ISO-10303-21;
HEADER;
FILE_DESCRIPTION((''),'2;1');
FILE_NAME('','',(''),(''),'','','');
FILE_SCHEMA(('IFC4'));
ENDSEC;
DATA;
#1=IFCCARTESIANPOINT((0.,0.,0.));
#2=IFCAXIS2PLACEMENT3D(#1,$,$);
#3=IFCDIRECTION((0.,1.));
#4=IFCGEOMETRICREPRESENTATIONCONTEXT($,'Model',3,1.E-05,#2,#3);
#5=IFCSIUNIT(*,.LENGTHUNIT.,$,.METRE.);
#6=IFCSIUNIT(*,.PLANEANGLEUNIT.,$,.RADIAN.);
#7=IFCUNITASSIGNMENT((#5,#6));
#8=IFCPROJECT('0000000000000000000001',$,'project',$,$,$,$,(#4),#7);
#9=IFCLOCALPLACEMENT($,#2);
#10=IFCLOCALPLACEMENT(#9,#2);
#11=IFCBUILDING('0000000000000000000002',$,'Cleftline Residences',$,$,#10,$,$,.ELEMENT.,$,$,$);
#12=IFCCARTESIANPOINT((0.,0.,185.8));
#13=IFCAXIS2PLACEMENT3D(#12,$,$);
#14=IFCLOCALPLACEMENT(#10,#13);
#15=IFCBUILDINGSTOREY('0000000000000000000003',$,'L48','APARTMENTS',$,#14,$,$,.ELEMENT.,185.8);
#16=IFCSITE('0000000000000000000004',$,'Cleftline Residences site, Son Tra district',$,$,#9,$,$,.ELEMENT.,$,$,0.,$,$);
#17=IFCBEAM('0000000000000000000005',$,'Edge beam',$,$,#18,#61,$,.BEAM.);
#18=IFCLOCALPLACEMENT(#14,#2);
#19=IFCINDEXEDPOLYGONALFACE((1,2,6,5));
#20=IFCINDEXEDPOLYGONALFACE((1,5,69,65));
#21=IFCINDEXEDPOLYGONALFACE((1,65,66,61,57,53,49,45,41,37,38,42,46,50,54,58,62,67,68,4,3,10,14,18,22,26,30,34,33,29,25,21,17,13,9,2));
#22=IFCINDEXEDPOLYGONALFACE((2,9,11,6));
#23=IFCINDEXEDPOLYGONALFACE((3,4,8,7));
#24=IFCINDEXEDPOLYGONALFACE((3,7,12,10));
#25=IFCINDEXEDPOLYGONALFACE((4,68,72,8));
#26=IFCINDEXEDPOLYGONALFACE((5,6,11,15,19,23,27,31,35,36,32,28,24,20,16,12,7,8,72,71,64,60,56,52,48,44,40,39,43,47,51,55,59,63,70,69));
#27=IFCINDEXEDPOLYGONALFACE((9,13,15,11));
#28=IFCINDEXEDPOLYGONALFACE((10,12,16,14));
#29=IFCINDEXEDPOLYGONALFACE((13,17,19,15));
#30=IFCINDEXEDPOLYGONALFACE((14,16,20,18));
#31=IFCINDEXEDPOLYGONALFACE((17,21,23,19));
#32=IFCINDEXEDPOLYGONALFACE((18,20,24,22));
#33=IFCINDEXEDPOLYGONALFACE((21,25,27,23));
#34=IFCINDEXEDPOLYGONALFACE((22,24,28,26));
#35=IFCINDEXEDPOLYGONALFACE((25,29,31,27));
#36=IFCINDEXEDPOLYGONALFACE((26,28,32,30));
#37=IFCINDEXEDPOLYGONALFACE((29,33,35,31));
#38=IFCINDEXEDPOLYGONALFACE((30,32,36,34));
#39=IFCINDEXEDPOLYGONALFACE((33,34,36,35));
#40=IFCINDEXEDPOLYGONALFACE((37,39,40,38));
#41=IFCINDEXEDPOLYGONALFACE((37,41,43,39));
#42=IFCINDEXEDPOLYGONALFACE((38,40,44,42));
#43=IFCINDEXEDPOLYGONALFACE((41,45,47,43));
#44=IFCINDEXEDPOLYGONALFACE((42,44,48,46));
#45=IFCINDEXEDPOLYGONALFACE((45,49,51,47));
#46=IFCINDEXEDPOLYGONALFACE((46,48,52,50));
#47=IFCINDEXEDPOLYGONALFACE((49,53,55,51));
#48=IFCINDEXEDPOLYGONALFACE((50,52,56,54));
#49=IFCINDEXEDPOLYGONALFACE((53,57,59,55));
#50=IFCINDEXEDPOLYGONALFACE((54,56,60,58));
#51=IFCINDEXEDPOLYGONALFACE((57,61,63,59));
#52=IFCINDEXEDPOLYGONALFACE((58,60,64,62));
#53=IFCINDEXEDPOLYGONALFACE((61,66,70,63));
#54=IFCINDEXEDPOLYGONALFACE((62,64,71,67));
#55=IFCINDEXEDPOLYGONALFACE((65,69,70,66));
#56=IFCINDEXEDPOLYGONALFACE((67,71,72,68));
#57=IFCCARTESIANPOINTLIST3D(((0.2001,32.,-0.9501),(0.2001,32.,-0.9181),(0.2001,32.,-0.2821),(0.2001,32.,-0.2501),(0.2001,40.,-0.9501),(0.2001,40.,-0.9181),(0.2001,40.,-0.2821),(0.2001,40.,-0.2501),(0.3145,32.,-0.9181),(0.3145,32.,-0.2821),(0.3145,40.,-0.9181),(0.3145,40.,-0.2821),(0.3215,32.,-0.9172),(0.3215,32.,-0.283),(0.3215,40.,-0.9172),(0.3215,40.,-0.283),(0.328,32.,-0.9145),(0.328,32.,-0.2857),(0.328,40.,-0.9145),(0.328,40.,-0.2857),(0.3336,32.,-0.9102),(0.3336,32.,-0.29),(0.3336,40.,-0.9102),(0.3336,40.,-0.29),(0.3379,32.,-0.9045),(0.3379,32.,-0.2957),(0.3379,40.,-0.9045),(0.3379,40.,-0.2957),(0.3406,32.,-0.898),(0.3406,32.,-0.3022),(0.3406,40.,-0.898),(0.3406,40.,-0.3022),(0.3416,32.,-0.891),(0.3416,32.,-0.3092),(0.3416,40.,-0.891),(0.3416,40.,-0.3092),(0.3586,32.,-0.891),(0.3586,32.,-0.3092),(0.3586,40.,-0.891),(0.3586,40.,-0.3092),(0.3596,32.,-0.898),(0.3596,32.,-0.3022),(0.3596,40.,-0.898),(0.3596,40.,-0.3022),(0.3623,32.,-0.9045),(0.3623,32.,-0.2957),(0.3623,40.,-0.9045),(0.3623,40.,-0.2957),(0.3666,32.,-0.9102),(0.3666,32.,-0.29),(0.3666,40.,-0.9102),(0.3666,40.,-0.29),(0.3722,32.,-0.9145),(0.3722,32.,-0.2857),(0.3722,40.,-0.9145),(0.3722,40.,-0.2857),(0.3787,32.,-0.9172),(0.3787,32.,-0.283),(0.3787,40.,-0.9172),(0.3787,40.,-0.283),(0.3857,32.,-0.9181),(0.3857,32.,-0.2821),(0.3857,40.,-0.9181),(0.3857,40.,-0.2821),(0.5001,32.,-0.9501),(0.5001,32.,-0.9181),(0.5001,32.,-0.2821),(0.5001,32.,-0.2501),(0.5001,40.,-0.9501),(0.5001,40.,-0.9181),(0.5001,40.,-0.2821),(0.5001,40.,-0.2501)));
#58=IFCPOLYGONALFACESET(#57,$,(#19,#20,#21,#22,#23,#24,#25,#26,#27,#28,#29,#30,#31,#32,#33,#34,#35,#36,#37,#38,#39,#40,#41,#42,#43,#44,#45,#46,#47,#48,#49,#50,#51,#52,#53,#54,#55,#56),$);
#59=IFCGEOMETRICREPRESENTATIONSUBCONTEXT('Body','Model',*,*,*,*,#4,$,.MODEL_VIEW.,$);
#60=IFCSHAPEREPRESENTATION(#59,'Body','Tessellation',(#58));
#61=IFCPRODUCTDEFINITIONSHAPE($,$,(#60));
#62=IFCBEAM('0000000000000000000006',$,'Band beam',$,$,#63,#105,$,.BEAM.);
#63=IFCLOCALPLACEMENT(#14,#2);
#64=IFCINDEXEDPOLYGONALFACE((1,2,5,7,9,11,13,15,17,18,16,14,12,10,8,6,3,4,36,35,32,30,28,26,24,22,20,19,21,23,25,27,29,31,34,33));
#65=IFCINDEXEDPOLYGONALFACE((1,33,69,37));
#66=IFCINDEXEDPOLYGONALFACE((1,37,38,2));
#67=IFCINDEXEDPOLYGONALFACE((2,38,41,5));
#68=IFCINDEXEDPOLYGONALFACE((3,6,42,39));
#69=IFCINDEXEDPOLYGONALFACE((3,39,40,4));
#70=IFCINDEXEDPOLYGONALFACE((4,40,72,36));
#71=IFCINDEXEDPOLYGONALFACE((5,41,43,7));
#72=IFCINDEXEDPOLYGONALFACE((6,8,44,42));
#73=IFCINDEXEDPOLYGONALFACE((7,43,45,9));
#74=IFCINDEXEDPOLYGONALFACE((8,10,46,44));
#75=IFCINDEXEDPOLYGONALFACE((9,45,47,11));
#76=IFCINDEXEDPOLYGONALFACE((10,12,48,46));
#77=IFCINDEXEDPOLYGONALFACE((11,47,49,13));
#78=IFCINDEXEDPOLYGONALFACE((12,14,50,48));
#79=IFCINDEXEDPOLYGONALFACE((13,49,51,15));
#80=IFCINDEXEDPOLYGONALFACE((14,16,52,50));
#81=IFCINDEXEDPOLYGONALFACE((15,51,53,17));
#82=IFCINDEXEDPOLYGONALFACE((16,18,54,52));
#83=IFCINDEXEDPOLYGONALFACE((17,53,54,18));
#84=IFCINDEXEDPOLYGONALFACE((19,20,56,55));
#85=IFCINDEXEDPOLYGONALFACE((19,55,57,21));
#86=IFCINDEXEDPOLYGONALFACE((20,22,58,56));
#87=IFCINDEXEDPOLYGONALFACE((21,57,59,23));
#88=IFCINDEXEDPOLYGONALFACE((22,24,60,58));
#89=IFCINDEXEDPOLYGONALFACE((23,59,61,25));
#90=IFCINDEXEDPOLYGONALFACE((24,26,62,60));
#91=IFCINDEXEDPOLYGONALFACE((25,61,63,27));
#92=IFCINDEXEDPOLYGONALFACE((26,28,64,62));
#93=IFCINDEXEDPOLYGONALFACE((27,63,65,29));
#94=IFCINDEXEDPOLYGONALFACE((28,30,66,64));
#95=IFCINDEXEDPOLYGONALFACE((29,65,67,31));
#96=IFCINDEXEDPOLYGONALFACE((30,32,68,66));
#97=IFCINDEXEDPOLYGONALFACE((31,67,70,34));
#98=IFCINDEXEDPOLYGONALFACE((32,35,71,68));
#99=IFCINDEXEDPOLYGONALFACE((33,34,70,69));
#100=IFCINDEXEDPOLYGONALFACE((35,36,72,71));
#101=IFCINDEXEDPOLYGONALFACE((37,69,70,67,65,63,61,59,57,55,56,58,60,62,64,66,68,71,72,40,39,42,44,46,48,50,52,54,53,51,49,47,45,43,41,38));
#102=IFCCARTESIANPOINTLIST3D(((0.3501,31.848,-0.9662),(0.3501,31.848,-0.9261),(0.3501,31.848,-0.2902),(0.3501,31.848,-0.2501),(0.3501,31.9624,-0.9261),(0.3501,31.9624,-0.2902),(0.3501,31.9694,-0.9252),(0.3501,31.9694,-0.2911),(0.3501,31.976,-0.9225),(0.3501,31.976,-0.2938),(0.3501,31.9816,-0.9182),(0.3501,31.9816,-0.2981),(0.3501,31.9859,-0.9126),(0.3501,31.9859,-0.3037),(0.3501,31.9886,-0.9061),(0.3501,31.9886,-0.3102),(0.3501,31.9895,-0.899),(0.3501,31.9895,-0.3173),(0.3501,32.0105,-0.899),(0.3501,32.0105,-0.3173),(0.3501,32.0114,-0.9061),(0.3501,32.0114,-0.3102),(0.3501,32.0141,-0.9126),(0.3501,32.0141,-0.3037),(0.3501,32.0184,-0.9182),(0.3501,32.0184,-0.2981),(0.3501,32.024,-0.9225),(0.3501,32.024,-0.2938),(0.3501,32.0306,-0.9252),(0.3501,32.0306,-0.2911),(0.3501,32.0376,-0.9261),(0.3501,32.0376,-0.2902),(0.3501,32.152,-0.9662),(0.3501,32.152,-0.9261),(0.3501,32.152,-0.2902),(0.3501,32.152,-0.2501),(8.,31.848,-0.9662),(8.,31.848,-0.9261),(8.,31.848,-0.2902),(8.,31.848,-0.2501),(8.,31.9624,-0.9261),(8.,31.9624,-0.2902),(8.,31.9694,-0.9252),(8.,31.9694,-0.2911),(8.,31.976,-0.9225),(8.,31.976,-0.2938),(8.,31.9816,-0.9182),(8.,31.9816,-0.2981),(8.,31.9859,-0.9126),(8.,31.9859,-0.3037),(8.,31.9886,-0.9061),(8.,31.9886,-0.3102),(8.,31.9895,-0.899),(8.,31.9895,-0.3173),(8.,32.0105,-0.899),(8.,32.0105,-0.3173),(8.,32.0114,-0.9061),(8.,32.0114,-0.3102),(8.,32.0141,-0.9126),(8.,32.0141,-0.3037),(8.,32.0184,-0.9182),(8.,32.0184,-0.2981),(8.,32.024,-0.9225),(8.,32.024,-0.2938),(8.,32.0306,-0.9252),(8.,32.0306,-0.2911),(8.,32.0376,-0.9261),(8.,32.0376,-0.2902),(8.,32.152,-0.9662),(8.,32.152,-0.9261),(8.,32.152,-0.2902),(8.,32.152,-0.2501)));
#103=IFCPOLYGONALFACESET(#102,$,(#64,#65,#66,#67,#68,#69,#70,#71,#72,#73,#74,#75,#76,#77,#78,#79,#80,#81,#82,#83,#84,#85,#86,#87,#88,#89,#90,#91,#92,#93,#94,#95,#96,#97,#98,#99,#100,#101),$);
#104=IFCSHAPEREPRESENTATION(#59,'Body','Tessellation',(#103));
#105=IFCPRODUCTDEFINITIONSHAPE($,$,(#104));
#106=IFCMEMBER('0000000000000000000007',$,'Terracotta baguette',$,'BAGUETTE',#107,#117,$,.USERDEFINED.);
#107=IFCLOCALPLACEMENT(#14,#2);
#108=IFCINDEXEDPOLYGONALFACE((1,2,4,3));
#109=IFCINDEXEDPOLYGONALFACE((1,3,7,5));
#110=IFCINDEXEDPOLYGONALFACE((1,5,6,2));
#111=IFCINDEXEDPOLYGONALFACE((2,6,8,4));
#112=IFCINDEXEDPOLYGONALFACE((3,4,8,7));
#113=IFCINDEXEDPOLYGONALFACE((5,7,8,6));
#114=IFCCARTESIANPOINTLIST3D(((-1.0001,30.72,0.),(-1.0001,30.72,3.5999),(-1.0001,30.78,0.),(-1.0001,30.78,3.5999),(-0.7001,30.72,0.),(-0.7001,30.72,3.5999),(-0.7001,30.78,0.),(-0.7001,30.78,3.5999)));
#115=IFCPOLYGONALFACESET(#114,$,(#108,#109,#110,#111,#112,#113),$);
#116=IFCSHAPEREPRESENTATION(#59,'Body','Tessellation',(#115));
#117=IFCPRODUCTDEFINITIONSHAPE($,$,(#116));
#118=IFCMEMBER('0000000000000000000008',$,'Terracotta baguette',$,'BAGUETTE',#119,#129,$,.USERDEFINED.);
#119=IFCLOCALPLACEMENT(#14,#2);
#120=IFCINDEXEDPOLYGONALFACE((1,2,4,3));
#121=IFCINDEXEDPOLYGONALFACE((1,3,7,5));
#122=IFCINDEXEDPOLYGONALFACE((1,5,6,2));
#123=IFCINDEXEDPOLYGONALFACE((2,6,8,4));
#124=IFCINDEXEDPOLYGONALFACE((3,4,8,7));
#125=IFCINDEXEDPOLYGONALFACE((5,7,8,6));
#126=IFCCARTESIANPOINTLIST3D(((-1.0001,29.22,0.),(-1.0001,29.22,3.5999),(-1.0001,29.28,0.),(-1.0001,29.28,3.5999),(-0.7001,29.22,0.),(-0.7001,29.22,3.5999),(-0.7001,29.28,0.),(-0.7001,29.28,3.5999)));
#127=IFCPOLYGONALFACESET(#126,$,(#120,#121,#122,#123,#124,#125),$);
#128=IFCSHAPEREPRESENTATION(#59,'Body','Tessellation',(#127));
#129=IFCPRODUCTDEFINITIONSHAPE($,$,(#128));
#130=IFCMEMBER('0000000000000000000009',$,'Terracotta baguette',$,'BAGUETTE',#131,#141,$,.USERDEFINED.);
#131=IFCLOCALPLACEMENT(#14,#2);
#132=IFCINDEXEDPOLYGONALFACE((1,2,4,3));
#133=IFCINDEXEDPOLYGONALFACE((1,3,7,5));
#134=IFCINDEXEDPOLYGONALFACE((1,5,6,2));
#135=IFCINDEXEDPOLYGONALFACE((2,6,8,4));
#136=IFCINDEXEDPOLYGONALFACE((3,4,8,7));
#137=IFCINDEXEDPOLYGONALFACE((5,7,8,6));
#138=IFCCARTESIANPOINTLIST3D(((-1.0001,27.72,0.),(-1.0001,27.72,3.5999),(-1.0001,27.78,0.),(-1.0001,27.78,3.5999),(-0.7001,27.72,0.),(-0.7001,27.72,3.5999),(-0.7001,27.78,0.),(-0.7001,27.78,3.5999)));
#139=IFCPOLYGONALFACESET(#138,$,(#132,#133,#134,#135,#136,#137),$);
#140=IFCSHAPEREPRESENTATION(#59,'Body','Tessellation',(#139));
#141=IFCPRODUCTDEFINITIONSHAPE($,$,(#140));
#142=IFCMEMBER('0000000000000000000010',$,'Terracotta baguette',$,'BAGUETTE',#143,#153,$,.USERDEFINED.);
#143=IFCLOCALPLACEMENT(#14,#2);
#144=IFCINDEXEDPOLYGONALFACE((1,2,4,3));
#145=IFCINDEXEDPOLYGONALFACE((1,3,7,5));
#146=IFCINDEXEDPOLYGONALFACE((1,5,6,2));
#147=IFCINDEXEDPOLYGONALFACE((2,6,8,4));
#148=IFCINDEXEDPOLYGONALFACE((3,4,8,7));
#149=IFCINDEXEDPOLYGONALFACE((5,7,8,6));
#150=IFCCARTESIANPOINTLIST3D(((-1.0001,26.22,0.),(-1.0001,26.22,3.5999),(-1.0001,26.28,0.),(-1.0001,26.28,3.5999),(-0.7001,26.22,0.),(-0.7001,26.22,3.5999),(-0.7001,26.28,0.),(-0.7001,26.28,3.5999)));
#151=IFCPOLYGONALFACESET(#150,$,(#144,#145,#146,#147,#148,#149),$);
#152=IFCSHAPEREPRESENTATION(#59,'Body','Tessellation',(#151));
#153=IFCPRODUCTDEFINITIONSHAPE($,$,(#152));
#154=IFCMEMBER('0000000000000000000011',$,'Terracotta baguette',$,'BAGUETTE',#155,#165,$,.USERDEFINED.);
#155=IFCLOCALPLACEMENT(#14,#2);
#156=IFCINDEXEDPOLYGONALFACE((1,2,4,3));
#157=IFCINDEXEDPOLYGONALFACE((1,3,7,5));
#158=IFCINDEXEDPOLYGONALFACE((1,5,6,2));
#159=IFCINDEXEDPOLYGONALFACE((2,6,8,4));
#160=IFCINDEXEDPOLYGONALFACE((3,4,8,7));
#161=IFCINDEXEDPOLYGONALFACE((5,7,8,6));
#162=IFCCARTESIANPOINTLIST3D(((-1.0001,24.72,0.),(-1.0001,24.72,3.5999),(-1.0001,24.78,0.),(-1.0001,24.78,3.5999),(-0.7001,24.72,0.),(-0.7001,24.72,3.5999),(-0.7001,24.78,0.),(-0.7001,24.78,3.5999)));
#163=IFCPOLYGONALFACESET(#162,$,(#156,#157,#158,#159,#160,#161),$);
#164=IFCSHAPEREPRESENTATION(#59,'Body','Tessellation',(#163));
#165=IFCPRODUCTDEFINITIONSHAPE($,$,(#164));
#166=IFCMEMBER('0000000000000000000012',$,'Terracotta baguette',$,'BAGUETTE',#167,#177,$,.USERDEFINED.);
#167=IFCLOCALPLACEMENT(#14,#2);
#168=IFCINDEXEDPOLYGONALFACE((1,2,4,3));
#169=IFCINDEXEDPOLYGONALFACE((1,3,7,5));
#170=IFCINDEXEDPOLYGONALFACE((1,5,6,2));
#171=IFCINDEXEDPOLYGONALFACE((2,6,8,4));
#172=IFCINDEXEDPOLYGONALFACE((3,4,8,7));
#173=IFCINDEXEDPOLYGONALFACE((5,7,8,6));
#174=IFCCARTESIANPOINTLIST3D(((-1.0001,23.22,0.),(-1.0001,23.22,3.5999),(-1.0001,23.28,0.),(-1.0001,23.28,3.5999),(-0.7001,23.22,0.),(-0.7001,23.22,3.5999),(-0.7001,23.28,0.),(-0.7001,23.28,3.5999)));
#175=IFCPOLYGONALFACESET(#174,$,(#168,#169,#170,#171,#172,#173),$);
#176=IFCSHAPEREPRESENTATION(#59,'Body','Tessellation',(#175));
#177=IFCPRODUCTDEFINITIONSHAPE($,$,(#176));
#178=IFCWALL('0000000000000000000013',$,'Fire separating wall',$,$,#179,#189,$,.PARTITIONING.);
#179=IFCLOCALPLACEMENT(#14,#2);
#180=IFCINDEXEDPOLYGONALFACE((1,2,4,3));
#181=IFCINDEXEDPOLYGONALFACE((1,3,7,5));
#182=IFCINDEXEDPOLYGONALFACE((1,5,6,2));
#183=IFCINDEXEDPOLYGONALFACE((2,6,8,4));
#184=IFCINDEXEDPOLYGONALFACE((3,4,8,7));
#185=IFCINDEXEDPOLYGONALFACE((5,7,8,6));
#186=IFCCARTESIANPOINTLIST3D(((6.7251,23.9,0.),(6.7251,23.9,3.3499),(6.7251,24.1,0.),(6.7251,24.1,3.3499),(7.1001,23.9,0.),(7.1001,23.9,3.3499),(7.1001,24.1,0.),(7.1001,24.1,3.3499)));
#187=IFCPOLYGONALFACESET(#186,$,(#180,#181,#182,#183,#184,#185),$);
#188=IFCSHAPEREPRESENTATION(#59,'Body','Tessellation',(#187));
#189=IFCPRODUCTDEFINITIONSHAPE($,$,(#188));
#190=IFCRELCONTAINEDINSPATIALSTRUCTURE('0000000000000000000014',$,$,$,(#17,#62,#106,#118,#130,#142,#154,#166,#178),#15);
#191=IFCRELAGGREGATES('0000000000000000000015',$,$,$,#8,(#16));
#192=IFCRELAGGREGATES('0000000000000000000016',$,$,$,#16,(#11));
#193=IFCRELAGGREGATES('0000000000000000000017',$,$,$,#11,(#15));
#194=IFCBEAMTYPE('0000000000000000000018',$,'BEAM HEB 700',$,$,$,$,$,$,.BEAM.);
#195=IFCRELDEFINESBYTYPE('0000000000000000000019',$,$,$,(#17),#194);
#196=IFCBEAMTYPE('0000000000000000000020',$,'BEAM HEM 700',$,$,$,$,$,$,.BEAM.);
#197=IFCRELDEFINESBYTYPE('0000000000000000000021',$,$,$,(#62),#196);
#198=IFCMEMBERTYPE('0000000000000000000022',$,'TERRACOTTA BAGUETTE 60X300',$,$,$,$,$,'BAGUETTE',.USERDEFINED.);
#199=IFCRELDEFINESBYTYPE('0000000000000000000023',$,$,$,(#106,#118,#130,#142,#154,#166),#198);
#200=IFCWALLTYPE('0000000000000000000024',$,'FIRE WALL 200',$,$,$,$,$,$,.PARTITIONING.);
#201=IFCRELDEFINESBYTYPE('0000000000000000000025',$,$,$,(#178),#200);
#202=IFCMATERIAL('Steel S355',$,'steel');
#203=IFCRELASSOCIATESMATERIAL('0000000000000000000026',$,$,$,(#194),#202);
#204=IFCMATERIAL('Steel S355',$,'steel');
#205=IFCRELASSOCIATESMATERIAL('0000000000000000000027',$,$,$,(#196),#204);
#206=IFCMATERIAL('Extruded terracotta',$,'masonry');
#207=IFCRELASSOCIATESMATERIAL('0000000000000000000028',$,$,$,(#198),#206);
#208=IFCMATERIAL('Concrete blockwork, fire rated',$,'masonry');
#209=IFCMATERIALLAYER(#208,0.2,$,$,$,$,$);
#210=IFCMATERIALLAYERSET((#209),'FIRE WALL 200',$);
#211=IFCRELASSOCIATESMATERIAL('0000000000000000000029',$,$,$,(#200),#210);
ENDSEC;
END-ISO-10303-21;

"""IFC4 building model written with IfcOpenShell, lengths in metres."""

from ifc_helpers import new_model, si_unit, direction, frame, frame_2d, origin, origin_2d, place, context, subcontext, project, spatial, rectangle, i_section, extrude, material, layer, layer_set, material_profile, profile_set, type_object, element, save


model = new_model("IFC4")

# Units and contexts
model_context = context("Model", 3, precision=1e-05, world=origin(), true_north=direction((0.0, 1.0)))
body_context = subcontext(model_context, "Body", "Model", "MODEL_VIEW")
ifc_project = project(units=[si_unit("LENGTHUNIT", "METRE"), si_unit("PLANEANGLEUNIT", "RADIAN")], contexts=[model_context])

# Site, building, storey
site_placement = place(None, origin())
site = spatial("IfcSite", under=ifc_project, at=site_placement, Name="Cleftline Residences site, Son Tra district", CompositionType="ELEMENT", RefElevation=0.0)
building_placement = place(site_placement, origin())
building = spatial("IfcBuilding", under=site, at=building_placement, Name="Cleftline Residences", CompositionType="ELEMENT")
storey_placement = place(building_placement, frame((0.0, 0.0, 185.8)))
storey = spatial("IfcBuildingStorey", under=building, at=storey_placement, Name="L48", Description="APARTMENTS", CompositionType="ELEMENT", Elevation=185.8)

# Beams
ifc_material_1 = material(Name="Steel S355", Category="steel")
ifc_material_profile_1 = material_profile(ifc_material_1, i_section(OverallWidth=0.3, OverallDepth=0.7, WebThickness=0.0171, FlangeThickness=0.032, FilletRadius=0.0271, at=origin_2d()))
ifc_profile_set_1 = profile_set([ifc_material_profile_1], Name="Steel S355")
beam_type_1 = type_object("IfcBeamType", Name="BEAM HEB 700", PredefinedType="BEAM", material=ifc_profile_set_1)
for number, where, z_axis, x_axis, name in (
    (1, (0.3501, 32.0, -0.6001), (0.0, 1.0, 0.0), (-1.0, 0.0, 0.0), "Edge beam"),
):
    element("IfcBeam", number, at=place(storey_placement, frame(where, z_axis=z_axis, x_axis=x_axis)), inside=storey, type_object=beam_type_1, Name=name, PredefinedType="BEAM", context=body_context, shape_type="SweptSolid", body=[
        extrude(i_section(OverallWidth=0.3, OverallDepth=0.7, WebThickness=0.0171, FlangeThickness=0.032, FilletRadius=0.0271, at=origin_2d()), origin(), (0.0, 0.0, 1.0), 8.0),
    ])
ifc_material_2 = material(Name="Steel S355", Category="steel")
ifc_material_profile_2 = material_profile(ifc_material_2, i_section(OverallWidth=0.304, OverallDepth=0.7161, WebThickness=0.021, FlangeThickness=0.04, FilletRadius=0.0271, at=origin_2d()))
ifc_profile_set_2 = profile_set([ifc_material_profile_2], Name="Steel S355")
beam_type_2 = type_object("IfcBeamType", Name="BEAM HEM 700", PredefinedType="BEAM", material=ifc_profile_set_2)
beam_placement = place(storey_placement, frame((0.3501, 32.0, -0.6082), z_axis=(1.0, 0.0, 0.0), x_axis=(0.0, 1.0, 0.0)))
element("IfcBeam", 2, at=beam_placement, inside=storey, type_object=beam_type_2, Name="Band beam", PredefinedType="BEAM", context=body_context, shape_type="SweptSolid", body=[
    extrude(i_section(OverallWidth=0.304, OverallDepth=0.7161, WebThickness=0.021, FlangeThickness=0.04, FilletRadius=0.0271, at=origin_2d()), origin(), (0.0, 0.0, 1.0), 7.6499),
])

# Members
ifc_material_3 = material(Name="Extruded terracotta", Category="masonry")
ifc_material_profile_3 = material_profile(ifc_material_3, rectangle(XDim=0.0601, YDim=0.3, at=origin_2d()))
ifc_profile_set_3 = profile_set([ifc_material_profile_3], Name="Extruded terracotta")
member_type_1 = type_object("IfcMemberType", Name="TERRACOTTA BAGUETTE 60X300", ElementType="BAGUETTE", PredefinedType="USERDEFINED", material=ifc_profile_set_3)
for number, where, z_axis, x_axis, name in (
    (3, (-0.8501, 30.75, 0.0), (0.0, 0.0, 1.0), (0.0, 1.0, 0.0), "Terracotta baguette"),
    (4, (-0.8501, 29.25, 0.0), (0.0, 0.0, 1.0), (0.0, 1.0, 0.0), "Terracotta baguette"),
    (5, (-0.8501, 27.75, 0.0), (0.0, 0.0, 1.0), (0.0, 1.0, 0.0), "Terracotta baguette"),
    (6, (-0.8501, 26.25, 0.0), (0.0, 0.0, 1.0), (0.0, 1.0, 0.0), "Terracotta baguette"),
    (7, (-0.8501, 24.75, 0.0), (0.0, 0.0, 1.0), (0.0, 1.0, 0.0), "Terracotta baguette"),
    (8, (-0.8501, 23.25, 0.0), (0.0, 0.0, 1.0), (0.0, 1.0, 0.0), "Terracotta baguette"),
):
    element("IfcMember", number, at=place(storey_placement, frame(where, z_axis=z_axis, x_axis=x_axis)), inside=storey, type_object=member_type_1, Name=name, ObjectType="BAGUETTE", PredefinedType="USERDEFINED", context=body_context, shape_type="SweptSolid", body=[
        extrude(rectangle(XDim=0.0601, YDim=0.3, at=origin_2d()), origin(), (0.0, 0.0, 1.0), 3.5999),
    ])

# Wall
ifc_material_4 = material(Name="Concrete blockwork, fire rated", Category="masonry")
ifc_layer_1 = layer(ifc_material_4, 0.2)
ifc_layer_set_1 = layer_set([ifc_layer_1], Name="FIRE WALL 200")
wall_type_1 = type_object("IfcWallType", Name="FIRE WALL 200", PredefinedType="PARTITIONING", material=ifc_layer_set_1)
wall_1_placement = place(storey_placement, frame((6.7251, 24.0, 0.0), z_axis=(0.0, 0.0, 1.0), x_axis=(1.0, 0.0, 0.0)))
element("IfcWall", 9, at=wall_1_placement, inside=storey, type_object=wall_type_1, Name="Fire separating wall", PredefinedType="PARTITIONING", context=body_context, shape_type="SweptSolid", body=[
    extrude(rectangle(XDim=0.375, YDim=0.2, at=frame_2d((0.1875, 0.0))), origin(), (0.0, 0.0, 1.0), 3.3499),
])

save(model, "model.ifc")
